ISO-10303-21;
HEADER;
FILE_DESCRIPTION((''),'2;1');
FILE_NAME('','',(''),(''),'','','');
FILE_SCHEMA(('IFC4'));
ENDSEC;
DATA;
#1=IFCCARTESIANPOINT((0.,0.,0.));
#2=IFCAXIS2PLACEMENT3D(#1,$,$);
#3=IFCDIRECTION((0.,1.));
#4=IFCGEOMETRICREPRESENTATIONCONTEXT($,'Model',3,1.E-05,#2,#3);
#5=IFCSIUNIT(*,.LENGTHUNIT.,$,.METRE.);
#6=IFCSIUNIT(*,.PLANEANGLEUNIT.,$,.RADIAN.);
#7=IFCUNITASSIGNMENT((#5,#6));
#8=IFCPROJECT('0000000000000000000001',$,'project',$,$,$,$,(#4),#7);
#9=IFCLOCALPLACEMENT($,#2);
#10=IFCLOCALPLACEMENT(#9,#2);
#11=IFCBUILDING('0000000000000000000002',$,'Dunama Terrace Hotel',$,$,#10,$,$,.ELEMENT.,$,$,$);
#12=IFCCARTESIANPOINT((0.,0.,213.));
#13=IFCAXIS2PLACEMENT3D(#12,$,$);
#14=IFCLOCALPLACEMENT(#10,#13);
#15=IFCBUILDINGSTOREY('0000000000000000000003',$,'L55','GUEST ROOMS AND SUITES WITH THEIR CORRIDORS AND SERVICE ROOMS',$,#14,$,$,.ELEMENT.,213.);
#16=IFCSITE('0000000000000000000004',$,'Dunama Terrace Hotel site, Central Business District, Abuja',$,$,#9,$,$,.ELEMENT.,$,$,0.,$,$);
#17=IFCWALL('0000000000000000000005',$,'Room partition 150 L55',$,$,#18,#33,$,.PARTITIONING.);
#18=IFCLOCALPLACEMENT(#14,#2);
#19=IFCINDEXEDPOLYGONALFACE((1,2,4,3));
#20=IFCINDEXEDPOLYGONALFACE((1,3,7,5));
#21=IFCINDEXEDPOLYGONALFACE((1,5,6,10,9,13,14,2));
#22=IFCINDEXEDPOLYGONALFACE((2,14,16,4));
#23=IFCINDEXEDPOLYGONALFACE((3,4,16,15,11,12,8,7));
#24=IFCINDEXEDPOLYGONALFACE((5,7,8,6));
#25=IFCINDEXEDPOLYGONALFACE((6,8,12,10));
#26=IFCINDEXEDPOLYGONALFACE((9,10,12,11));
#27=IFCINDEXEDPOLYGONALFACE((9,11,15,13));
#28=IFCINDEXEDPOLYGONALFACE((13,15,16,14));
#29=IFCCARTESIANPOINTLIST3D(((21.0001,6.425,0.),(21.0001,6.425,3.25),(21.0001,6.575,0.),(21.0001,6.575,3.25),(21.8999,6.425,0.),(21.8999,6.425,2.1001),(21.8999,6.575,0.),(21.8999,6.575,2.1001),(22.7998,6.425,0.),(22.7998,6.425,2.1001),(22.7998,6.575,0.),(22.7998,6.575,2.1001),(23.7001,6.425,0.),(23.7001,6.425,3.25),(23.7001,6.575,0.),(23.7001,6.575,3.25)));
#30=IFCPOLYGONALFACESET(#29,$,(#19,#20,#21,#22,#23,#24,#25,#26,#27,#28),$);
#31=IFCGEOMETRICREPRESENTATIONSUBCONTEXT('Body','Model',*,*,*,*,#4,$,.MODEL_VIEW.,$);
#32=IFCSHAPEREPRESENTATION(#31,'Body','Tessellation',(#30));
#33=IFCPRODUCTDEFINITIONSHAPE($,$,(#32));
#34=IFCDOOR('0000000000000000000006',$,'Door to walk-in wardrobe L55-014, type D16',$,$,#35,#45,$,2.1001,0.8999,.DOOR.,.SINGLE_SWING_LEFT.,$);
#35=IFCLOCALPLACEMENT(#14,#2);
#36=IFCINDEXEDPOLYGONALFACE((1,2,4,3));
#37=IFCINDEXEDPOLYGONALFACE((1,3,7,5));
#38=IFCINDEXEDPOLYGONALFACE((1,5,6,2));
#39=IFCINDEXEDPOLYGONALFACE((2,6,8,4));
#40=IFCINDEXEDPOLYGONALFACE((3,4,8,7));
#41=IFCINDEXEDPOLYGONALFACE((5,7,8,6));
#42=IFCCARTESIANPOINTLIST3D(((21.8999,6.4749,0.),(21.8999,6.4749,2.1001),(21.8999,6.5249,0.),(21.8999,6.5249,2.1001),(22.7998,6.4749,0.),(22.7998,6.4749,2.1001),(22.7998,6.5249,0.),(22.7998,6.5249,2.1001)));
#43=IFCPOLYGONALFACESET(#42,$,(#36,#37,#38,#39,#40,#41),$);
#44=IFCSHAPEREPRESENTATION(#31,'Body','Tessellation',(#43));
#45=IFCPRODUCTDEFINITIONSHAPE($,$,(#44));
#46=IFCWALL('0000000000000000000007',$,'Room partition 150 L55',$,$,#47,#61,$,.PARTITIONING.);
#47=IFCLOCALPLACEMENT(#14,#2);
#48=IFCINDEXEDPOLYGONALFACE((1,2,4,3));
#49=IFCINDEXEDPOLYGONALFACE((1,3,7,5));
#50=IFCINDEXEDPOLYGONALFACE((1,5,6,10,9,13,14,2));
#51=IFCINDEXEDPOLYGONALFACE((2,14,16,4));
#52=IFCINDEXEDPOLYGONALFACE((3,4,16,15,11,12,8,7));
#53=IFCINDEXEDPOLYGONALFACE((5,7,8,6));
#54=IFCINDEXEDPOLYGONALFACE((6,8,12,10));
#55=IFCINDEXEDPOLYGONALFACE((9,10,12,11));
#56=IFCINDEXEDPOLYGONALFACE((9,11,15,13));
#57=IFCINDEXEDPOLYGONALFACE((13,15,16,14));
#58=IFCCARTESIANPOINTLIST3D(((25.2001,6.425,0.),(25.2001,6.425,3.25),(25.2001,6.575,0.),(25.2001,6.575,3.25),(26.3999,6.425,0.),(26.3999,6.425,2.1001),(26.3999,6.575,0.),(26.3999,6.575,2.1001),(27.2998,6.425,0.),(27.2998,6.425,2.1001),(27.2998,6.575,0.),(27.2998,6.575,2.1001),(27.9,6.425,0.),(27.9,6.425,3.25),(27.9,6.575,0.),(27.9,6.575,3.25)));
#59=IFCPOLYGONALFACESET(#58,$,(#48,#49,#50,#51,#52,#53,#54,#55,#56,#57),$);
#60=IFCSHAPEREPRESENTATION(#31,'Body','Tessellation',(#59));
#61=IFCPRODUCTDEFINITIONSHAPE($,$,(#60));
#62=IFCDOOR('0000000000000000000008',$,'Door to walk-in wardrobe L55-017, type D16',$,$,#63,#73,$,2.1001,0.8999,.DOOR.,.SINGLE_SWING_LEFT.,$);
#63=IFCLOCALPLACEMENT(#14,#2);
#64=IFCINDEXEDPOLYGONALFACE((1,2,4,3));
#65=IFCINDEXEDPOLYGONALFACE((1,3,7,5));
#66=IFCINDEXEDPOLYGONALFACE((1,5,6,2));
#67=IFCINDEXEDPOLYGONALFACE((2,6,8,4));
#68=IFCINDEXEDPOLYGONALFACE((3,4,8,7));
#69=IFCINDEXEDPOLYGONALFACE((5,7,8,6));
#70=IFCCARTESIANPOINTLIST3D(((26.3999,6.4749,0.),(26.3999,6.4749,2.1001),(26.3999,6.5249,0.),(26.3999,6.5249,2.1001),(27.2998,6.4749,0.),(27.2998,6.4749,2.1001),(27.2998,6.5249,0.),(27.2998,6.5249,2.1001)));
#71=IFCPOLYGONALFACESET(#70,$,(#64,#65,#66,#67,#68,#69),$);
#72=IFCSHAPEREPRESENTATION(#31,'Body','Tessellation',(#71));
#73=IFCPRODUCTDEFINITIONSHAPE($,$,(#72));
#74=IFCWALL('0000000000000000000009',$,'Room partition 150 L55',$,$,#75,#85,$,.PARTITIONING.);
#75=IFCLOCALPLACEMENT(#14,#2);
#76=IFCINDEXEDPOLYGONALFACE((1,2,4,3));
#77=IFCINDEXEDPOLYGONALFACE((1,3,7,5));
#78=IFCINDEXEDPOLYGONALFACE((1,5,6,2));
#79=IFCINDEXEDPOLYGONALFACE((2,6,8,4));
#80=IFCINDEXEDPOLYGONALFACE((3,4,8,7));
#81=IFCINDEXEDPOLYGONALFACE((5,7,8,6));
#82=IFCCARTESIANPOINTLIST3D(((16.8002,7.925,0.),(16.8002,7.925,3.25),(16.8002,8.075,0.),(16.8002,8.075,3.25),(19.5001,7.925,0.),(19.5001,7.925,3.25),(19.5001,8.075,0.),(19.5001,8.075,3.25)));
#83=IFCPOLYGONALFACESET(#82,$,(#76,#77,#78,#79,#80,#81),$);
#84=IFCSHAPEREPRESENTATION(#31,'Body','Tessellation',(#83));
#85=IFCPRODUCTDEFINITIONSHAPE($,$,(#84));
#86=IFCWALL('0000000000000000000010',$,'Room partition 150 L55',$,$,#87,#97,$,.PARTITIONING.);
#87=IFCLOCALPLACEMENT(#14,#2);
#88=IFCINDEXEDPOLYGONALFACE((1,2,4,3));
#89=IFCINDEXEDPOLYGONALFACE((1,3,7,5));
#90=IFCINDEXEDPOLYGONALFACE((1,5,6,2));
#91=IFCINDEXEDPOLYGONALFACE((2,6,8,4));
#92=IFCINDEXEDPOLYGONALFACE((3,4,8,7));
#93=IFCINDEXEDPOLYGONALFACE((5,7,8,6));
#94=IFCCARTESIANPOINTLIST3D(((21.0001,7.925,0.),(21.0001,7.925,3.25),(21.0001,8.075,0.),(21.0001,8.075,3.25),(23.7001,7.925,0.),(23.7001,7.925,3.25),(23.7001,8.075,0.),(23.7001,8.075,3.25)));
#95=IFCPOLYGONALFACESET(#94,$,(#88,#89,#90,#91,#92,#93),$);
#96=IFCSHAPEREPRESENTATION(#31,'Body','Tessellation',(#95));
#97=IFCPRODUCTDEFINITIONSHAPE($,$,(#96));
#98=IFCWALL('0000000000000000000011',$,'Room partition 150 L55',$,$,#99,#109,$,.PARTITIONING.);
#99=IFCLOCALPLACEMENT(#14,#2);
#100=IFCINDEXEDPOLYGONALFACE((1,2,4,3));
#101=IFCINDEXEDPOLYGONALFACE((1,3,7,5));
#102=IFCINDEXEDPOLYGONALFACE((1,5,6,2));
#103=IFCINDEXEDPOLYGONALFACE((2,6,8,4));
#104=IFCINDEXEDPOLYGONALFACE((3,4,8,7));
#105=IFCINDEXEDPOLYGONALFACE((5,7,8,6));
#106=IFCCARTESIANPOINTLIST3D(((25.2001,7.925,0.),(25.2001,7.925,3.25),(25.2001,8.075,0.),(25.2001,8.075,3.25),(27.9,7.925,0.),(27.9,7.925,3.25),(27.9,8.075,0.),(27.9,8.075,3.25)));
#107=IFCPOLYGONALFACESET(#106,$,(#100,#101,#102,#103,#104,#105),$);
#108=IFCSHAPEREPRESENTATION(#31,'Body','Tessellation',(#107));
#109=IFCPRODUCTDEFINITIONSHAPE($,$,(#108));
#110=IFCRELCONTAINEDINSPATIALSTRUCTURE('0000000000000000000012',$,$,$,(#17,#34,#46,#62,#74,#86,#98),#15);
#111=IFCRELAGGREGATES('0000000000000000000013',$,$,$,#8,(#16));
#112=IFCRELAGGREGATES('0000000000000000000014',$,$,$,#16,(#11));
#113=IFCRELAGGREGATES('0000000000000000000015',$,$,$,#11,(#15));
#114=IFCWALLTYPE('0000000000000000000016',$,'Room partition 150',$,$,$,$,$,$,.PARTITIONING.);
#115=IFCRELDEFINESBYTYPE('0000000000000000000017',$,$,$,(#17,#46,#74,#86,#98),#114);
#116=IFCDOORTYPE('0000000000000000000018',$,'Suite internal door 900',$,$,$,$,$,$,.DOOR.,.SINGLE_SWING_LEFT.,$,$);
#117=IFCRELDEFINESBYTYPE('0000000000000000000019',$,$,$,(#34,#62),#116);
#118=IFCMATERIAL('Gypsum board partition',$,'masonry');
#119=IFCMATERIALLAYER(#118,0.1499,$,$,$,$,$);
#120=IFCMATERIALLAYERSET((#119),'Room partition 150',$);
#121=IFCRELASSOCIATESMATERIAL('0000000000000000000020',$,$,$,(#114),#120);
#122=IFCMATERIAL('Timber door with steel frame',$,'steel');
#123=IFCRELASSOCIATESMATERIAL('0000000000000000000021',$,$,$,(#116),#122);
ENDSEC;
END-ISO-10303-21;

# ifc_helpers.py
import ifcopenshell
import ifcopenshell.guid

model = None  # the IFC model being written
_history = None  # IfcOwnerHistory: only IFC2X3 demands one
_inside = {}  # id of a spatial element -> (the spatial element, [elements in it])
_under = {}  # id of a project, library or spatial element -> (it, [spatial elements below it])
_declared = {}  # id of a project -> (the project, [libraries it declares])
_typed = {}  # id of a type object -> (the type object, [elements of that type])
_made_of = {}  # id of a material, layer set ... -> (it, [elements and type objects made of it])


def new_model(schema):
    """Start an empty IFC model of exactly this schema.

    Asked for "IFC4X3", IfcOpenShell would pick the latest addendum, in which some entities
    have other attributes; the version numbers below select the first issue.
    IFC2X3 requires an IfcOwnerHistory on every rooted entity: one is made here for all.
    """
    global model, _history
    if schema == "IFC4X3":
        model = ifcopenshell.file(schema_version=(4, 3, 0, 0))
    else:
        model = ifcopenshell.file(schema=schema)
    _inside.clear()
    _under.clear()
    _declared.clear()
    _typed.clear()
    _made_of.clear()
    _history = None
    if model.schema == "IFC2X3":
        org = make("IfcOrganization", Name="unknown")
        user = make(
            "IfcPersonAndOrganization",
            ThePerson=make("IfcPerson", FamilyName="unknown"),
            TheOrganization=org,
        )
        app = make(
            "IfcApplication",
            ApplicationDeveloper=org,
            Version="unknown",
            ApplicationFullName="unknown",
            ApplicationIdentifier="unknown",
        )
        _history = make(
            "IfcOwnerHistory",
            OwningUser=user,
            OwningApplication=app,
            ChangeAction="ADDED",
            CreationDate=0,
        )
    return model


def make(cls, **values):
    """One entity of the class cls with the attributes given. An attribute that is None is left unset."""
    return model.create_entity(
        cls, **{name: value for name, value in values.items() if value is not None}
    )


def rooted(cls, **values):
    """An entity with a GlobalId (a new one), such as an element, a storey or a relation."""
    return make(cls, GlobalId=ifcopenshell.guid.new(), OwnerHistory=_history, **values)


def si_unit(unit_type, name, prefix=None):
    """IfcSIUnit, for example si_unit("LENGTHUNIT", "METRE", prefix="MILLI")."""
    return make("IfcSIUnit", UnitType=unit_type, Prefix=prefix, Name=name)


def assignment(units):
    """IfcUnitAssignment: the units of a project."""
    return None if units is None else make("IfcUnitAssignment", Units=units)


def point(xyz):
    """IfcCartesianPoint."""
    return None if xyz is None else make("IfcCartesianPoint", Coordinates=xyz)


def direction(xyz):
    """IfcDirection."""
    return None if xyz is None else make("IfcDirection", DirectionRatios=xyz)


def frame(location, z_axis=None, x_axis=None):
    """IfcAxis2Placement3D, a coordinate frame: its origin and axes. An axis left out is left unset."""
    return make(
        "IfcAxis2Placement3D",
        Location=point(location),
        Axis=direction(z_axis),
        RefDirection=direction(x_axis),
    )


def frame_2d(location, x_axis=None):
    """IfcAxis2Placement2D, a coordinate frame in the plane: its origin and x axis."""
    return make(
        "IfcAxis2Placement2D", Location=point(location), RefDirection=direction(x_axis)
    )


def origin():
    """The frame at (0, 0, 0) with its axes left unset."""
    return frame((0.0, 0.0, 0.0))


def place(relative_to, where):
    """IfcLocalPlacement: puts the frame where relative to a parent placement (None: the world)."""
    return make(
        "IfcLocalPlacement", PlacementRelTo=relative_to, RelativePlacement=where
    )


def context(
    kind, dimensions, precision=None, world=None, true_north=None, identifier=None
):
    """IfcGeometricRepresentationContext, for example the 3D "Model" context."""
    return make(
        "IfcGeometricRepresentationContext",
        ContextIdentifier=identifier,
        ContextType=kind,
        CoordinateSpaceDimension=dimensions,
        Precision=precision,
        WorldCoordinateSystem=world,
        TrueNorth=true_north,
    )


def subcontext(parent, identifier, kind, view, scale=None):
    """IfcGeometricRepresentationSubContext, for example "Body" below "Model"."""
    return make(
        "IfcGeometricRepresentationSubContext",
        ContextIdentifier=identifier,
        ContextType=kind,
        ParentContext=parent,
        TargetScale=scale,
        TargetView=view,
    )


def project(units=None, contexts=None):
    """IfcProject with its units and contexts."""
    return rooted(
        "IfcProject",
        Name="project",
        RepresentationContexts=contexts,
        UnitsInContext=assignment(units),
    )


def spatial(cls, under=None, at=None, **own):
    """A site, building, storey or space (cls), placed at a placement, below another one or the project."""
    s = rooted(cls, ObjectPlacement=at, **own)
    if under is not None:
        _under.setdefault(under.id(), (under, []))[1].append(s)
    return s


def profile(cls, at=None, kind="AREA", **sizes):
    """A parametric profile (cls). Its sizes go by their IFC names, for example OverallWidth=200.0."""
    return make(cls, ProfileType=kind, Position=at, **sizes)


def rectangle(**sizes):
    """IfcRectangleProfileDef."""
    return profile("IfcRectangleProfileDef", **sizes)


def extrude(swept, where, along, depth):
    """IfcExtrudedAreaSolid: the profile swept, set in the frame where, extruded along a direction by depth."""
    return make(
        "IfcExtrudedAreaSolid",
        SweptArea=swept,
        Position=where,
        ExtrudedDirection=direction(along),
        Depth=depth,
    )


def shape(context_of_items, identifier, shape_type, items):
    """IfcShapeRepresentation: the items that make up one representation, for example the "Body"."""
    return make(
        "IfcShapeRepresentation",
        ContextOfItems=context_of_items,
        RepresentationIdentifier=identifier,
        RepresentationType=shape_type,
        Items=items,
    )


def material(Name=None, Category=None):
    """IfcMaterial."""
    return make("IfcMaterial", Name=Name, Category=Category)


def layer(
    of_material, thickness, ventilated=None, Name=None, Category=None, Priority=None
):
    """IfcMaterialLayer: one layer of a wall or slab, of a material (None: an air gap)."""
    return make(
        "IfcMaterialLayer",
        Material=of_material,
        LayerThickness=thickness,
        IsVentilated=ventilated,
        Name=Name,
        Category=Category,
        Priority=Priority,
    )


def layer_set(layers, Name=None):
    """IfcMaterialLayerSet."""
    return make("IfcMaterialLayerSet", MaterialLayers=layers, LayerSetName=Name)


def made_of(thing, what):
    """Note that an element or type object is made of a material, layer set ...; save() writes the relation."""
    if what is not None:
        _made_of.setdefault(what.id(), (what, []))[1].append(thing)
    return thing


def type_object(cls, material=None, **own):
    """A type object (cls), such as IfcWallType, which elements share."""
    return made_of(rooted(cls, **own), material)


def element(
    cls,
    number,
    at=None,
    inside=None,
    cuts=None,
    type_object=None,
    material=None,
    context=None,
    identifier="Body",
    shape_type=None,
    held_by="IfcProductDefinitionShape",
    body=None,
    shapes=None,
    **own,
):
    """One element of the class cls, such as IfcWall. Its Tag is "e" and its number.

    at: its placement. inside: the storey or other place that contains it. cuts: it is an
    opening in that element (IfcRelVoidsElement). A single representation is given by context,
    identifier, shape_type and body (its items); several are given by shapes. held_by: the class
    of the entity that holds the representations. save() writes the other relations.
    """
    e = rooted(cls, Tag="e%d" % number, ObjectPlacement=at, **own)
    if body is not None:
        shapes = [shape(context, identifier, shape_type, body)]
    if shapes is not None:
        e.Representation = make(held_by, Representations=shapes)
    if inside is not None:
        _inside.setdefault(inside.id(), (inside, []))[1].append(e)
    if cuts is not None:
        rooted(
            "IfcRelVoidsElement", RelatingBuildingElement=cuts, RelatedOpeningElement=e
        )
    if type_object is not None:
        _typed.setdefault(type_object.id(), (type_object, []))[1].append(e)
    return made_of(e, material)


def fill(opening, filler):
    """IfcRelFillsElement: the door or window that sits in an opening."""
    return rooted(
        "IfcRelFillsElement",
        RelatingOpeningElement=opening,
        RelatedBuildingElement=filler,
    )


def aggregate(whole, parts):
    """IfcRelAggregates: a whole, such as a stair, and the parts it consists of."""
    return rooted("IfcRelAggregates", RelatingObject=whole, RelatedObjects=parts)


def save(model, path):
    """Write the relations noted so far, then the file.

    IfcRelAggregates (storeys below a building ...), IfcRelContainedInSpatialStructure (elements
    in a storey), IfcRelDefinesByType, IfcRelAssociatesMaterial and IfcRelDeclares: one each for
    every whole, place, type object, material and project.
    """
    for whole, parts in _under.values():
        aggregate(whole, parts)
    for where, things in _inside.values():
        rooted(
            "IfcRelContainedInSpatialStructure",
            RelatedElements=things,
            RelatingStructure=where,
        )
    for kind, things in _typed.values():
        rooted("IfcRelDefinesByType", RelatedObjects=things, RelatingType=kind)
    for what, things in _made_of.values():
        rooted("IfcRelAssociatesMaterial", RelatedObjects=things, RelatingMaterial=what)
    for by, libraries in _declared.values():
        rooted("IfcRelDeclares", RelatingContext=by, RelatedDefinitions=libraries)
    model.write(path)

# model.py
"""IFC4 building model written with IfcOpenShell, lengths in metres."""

from ifc_helpers import new_model, si_unit, direction, frame, frame_2d, origin, place, context, subcontext, project, spatial, rectangle, extrude, material, layer, layer_set, type_object, element, fill, save


model = new_model("IFC4")

# Units and contexts
model_context = context("Model", 3, precision=1e-05, world=origin(), true_north=direction((0.0, 1.0)))
body_context = subcontext(model_context, "Body", "Model", "MODEL_VIEW")
ifc_project = project(units=[si_unit("LENGTHUNIT", "METRE"), si_unit("PLANEANGLEUNIT", "RADIAN")], contexts=[model_context])

# Site, building, storey
site_placement = place(None, origin())
site = spatial("IfcSite", under=ifc_project, at=site_placement, Name="Dunama Terrace Hotel site, Central Business District, Abuja", CompositionType="ELEMENT", RefElevation=0.0)
building_placement = place(site_placement, origin())
building = spatial("IfcBuilding", under=site, at=building_placement, Name="Dunama Terrace Hotel", CompositionType="ELEMENT")
storey_placement = place(building_placement, frame((0.0, 0.0, 213.0)))
storey = spatial("IfcBuildingStorey", under=building, at=storey_placement, Name="L55", Description="GUEST ROOMS AND SUITES WITH THEIR CORRIDORS AND SERVICE ROOMS", CompositionType="ELEMENT", Elevation=213.0)

# Shared definitions
ifc_material_1 = material(Name="Gypsum board partition", Category="masonry")
ifc_layer_1 = layer(ifc_material_1, 0.1499)
ifc_layer_set_1 = layer_set([ifc_layer_1], Name="Room partition 150")
wall_type_1 = type_object("IfcWallType", Name="Room partition 150", PredefinedType="PARTITIONING", material=ifc_layer_set_1)

# Walls, openings, doors
wall_1_placement = place(storey_placement, frame((21.0, 6.5, 0.0), z_axis=(0.0, 0.0, 1.0), x_axis=(1.0, 0.0, 0.0)))
wall_1 = element("IfcWall", 1, at=wall_1_placement, inside=storey, type_object=wall_type_1, Name="Room partition 150 L55", PredefinedType="PARTITIONING", context=body_context, shape_type="SweptSolid", body=[
    extrude(rectangle(XDim=2.7, YDim=0.1499, at=frame_2d((1.3501, 0.0))), origin(), (0.0, 0.0, 1.0), 3.25),
])
opening_1_placement = place(wall_1_placement, frame((0.8999, 0.0, 0.0)))
opening_1 = element("IfcOpeningElement", 2, at=opening_1_placement, cuts=wall_1, PredefinedType="OPENING", context=body_context, shape_type="SweptSolid", body=[
    extrude(rectangle(XDim=0.8999, YDim=2.1001, at=frame_2d((0.45, 1.05))), frame((0.0, 0.085, 0.0), z_axis=(0.0, -1.0, 0.0), x_axis=(1.0, 0.0, 0.0)), (0.0, 0.0, 1.0), 0.1699),
])
ifc_material_2 = material(Name="Timber door with steel frame", Category="steel")
door_type_1 = type_object("IfcDoorType", Name="Suite internal door 900", OperationType="SINGLE_SWING_LEFT", PredefinedType="DOOR", material=ifc_material_2)
door_1_placement = place(opening_1_placement, origin())
door_1 = element("IfcDoor", 3, at=door_1_placement, inside=storey, type_object=door_type_1, Name="Door to walk-in wardrobe L55-014, type D16", OperationType="SINGLE_SWING_LEFT", OverallHeight=2.1001, OverallWidth=0.8999, PredefinedType="DOOR", context=body_context, shape_type="SweptSolid", body=[
    extrude(rectangle(XDim=0.8999, YDim=2.1001, at=frame_2d((0.45, 1.05))), frame((0.0, 0.0249, 0.0), z_axis=(0.0, -1.0, 0.0), x_axis=(1.0, 0.0, 0.0)), (0.0, 0.0, 1.0), 0.05),
])
fill(opening_1, door_1)
wall_2_placement = place(storey_placement, frame((25.2, 6.5, 0.0), z_axis=(0.0, 0.0, 1.0), x_axis=(1.0, 0.0, 0.0)))
wall_2 = element("IfcWall", 4, at=wall_2_placement, inside=storey, type_object=wall_type_1, Name="Room partition 150 L55", PredefinedType="PARTITIONING", context=body_context, shape_type="SweptSolid", body=[
    extrude(rectangle(XDim=2.7, YDim=0.1499, at=frame_2d((1.3501, 0.0))), origin(), (0.0, 0.0, 1.0), 3.25),
])
opening_2_placement = place(wall_2_placement, frame((1.2, 0.0, 0.0)))
opening_2 = element("IfcOpeningElement", 5, at=opening_2_placement, cuts=wall_2, PredefinedType="OPENING", context=body_context, shape_type="SweptSolid", body=[
    extrude(rectangle(XDim=0.8999, YDim=2.1001, at=frame_2d((0.45, 1.05))), frame((0.0, 0.085, 0.0), z_axis=(0.0, -1.0, 0.0), x_axis=(1.0, 0.0, 0.0)), (0.0, 0.0, 1.0), 0.1699),
])
door_2_placement = place(opening_2_placement, origin())
door_2 = element("IfcDoor", 6, at=door_2_placement, inside=storey, type_object=door_type_1, Name="Door to walk-in wardrobe L55-017, type D16", OperationType="SINGLE_SWING_LEFT", OverallHeight=2.1001, OverallWidth=0.8999, PredefinedType="DOOR", context=body_context, shape_type="SweptSolid", body=[
    extrude(rectangle(XDim=0.8999, YDim=2.1001, at=frame_2d((0.45, 1.05))), frame((0.0, 0.0249, 0.0), z_axis=(0.0, -1.0, 0.0), x_axis=(1.0, 0.0, 0.0)), (0.0, 0.0, 1.0), 0.05),
])
fill(opening_2, door_2)

# Walls
for number, where, z_axis, x_axis, name in (
    (7, (16.8, 8.0, 0.0), (0.0, 0.0, 1.0), (1.0, 0.0, 0.0), "Room partition 150 L55"),
    (8, (21.0, 8.0, 0.0), (0.0, 0.0, 1.0), (1.0, 0.0, 0.0), "Room partition 150 L55"),
    (9, (25.2, 8.0, 0.0), (0.0, 0.0, 1.0), (1.0, 0.0, 0.0), "Room partition 150 L55"),
):
    element("IfcWall", number, at=place(storey_placement, frame(where, z_axis=z_axis, x_axis=x_axis)), inside=storey, type_object=wall_type_1, Name=name, PredefinedType="PARTITIONING", context=body_context, shape_type="SweptSolid", body=[
        extrude(rectangle(XDim=2.7, YDim=0.1499, at=frame_2d((1.3501, 0.0))), origin(), (0.0, 0.0, 1.0), 3.25),
    ])

save(model, "model.ifc")
